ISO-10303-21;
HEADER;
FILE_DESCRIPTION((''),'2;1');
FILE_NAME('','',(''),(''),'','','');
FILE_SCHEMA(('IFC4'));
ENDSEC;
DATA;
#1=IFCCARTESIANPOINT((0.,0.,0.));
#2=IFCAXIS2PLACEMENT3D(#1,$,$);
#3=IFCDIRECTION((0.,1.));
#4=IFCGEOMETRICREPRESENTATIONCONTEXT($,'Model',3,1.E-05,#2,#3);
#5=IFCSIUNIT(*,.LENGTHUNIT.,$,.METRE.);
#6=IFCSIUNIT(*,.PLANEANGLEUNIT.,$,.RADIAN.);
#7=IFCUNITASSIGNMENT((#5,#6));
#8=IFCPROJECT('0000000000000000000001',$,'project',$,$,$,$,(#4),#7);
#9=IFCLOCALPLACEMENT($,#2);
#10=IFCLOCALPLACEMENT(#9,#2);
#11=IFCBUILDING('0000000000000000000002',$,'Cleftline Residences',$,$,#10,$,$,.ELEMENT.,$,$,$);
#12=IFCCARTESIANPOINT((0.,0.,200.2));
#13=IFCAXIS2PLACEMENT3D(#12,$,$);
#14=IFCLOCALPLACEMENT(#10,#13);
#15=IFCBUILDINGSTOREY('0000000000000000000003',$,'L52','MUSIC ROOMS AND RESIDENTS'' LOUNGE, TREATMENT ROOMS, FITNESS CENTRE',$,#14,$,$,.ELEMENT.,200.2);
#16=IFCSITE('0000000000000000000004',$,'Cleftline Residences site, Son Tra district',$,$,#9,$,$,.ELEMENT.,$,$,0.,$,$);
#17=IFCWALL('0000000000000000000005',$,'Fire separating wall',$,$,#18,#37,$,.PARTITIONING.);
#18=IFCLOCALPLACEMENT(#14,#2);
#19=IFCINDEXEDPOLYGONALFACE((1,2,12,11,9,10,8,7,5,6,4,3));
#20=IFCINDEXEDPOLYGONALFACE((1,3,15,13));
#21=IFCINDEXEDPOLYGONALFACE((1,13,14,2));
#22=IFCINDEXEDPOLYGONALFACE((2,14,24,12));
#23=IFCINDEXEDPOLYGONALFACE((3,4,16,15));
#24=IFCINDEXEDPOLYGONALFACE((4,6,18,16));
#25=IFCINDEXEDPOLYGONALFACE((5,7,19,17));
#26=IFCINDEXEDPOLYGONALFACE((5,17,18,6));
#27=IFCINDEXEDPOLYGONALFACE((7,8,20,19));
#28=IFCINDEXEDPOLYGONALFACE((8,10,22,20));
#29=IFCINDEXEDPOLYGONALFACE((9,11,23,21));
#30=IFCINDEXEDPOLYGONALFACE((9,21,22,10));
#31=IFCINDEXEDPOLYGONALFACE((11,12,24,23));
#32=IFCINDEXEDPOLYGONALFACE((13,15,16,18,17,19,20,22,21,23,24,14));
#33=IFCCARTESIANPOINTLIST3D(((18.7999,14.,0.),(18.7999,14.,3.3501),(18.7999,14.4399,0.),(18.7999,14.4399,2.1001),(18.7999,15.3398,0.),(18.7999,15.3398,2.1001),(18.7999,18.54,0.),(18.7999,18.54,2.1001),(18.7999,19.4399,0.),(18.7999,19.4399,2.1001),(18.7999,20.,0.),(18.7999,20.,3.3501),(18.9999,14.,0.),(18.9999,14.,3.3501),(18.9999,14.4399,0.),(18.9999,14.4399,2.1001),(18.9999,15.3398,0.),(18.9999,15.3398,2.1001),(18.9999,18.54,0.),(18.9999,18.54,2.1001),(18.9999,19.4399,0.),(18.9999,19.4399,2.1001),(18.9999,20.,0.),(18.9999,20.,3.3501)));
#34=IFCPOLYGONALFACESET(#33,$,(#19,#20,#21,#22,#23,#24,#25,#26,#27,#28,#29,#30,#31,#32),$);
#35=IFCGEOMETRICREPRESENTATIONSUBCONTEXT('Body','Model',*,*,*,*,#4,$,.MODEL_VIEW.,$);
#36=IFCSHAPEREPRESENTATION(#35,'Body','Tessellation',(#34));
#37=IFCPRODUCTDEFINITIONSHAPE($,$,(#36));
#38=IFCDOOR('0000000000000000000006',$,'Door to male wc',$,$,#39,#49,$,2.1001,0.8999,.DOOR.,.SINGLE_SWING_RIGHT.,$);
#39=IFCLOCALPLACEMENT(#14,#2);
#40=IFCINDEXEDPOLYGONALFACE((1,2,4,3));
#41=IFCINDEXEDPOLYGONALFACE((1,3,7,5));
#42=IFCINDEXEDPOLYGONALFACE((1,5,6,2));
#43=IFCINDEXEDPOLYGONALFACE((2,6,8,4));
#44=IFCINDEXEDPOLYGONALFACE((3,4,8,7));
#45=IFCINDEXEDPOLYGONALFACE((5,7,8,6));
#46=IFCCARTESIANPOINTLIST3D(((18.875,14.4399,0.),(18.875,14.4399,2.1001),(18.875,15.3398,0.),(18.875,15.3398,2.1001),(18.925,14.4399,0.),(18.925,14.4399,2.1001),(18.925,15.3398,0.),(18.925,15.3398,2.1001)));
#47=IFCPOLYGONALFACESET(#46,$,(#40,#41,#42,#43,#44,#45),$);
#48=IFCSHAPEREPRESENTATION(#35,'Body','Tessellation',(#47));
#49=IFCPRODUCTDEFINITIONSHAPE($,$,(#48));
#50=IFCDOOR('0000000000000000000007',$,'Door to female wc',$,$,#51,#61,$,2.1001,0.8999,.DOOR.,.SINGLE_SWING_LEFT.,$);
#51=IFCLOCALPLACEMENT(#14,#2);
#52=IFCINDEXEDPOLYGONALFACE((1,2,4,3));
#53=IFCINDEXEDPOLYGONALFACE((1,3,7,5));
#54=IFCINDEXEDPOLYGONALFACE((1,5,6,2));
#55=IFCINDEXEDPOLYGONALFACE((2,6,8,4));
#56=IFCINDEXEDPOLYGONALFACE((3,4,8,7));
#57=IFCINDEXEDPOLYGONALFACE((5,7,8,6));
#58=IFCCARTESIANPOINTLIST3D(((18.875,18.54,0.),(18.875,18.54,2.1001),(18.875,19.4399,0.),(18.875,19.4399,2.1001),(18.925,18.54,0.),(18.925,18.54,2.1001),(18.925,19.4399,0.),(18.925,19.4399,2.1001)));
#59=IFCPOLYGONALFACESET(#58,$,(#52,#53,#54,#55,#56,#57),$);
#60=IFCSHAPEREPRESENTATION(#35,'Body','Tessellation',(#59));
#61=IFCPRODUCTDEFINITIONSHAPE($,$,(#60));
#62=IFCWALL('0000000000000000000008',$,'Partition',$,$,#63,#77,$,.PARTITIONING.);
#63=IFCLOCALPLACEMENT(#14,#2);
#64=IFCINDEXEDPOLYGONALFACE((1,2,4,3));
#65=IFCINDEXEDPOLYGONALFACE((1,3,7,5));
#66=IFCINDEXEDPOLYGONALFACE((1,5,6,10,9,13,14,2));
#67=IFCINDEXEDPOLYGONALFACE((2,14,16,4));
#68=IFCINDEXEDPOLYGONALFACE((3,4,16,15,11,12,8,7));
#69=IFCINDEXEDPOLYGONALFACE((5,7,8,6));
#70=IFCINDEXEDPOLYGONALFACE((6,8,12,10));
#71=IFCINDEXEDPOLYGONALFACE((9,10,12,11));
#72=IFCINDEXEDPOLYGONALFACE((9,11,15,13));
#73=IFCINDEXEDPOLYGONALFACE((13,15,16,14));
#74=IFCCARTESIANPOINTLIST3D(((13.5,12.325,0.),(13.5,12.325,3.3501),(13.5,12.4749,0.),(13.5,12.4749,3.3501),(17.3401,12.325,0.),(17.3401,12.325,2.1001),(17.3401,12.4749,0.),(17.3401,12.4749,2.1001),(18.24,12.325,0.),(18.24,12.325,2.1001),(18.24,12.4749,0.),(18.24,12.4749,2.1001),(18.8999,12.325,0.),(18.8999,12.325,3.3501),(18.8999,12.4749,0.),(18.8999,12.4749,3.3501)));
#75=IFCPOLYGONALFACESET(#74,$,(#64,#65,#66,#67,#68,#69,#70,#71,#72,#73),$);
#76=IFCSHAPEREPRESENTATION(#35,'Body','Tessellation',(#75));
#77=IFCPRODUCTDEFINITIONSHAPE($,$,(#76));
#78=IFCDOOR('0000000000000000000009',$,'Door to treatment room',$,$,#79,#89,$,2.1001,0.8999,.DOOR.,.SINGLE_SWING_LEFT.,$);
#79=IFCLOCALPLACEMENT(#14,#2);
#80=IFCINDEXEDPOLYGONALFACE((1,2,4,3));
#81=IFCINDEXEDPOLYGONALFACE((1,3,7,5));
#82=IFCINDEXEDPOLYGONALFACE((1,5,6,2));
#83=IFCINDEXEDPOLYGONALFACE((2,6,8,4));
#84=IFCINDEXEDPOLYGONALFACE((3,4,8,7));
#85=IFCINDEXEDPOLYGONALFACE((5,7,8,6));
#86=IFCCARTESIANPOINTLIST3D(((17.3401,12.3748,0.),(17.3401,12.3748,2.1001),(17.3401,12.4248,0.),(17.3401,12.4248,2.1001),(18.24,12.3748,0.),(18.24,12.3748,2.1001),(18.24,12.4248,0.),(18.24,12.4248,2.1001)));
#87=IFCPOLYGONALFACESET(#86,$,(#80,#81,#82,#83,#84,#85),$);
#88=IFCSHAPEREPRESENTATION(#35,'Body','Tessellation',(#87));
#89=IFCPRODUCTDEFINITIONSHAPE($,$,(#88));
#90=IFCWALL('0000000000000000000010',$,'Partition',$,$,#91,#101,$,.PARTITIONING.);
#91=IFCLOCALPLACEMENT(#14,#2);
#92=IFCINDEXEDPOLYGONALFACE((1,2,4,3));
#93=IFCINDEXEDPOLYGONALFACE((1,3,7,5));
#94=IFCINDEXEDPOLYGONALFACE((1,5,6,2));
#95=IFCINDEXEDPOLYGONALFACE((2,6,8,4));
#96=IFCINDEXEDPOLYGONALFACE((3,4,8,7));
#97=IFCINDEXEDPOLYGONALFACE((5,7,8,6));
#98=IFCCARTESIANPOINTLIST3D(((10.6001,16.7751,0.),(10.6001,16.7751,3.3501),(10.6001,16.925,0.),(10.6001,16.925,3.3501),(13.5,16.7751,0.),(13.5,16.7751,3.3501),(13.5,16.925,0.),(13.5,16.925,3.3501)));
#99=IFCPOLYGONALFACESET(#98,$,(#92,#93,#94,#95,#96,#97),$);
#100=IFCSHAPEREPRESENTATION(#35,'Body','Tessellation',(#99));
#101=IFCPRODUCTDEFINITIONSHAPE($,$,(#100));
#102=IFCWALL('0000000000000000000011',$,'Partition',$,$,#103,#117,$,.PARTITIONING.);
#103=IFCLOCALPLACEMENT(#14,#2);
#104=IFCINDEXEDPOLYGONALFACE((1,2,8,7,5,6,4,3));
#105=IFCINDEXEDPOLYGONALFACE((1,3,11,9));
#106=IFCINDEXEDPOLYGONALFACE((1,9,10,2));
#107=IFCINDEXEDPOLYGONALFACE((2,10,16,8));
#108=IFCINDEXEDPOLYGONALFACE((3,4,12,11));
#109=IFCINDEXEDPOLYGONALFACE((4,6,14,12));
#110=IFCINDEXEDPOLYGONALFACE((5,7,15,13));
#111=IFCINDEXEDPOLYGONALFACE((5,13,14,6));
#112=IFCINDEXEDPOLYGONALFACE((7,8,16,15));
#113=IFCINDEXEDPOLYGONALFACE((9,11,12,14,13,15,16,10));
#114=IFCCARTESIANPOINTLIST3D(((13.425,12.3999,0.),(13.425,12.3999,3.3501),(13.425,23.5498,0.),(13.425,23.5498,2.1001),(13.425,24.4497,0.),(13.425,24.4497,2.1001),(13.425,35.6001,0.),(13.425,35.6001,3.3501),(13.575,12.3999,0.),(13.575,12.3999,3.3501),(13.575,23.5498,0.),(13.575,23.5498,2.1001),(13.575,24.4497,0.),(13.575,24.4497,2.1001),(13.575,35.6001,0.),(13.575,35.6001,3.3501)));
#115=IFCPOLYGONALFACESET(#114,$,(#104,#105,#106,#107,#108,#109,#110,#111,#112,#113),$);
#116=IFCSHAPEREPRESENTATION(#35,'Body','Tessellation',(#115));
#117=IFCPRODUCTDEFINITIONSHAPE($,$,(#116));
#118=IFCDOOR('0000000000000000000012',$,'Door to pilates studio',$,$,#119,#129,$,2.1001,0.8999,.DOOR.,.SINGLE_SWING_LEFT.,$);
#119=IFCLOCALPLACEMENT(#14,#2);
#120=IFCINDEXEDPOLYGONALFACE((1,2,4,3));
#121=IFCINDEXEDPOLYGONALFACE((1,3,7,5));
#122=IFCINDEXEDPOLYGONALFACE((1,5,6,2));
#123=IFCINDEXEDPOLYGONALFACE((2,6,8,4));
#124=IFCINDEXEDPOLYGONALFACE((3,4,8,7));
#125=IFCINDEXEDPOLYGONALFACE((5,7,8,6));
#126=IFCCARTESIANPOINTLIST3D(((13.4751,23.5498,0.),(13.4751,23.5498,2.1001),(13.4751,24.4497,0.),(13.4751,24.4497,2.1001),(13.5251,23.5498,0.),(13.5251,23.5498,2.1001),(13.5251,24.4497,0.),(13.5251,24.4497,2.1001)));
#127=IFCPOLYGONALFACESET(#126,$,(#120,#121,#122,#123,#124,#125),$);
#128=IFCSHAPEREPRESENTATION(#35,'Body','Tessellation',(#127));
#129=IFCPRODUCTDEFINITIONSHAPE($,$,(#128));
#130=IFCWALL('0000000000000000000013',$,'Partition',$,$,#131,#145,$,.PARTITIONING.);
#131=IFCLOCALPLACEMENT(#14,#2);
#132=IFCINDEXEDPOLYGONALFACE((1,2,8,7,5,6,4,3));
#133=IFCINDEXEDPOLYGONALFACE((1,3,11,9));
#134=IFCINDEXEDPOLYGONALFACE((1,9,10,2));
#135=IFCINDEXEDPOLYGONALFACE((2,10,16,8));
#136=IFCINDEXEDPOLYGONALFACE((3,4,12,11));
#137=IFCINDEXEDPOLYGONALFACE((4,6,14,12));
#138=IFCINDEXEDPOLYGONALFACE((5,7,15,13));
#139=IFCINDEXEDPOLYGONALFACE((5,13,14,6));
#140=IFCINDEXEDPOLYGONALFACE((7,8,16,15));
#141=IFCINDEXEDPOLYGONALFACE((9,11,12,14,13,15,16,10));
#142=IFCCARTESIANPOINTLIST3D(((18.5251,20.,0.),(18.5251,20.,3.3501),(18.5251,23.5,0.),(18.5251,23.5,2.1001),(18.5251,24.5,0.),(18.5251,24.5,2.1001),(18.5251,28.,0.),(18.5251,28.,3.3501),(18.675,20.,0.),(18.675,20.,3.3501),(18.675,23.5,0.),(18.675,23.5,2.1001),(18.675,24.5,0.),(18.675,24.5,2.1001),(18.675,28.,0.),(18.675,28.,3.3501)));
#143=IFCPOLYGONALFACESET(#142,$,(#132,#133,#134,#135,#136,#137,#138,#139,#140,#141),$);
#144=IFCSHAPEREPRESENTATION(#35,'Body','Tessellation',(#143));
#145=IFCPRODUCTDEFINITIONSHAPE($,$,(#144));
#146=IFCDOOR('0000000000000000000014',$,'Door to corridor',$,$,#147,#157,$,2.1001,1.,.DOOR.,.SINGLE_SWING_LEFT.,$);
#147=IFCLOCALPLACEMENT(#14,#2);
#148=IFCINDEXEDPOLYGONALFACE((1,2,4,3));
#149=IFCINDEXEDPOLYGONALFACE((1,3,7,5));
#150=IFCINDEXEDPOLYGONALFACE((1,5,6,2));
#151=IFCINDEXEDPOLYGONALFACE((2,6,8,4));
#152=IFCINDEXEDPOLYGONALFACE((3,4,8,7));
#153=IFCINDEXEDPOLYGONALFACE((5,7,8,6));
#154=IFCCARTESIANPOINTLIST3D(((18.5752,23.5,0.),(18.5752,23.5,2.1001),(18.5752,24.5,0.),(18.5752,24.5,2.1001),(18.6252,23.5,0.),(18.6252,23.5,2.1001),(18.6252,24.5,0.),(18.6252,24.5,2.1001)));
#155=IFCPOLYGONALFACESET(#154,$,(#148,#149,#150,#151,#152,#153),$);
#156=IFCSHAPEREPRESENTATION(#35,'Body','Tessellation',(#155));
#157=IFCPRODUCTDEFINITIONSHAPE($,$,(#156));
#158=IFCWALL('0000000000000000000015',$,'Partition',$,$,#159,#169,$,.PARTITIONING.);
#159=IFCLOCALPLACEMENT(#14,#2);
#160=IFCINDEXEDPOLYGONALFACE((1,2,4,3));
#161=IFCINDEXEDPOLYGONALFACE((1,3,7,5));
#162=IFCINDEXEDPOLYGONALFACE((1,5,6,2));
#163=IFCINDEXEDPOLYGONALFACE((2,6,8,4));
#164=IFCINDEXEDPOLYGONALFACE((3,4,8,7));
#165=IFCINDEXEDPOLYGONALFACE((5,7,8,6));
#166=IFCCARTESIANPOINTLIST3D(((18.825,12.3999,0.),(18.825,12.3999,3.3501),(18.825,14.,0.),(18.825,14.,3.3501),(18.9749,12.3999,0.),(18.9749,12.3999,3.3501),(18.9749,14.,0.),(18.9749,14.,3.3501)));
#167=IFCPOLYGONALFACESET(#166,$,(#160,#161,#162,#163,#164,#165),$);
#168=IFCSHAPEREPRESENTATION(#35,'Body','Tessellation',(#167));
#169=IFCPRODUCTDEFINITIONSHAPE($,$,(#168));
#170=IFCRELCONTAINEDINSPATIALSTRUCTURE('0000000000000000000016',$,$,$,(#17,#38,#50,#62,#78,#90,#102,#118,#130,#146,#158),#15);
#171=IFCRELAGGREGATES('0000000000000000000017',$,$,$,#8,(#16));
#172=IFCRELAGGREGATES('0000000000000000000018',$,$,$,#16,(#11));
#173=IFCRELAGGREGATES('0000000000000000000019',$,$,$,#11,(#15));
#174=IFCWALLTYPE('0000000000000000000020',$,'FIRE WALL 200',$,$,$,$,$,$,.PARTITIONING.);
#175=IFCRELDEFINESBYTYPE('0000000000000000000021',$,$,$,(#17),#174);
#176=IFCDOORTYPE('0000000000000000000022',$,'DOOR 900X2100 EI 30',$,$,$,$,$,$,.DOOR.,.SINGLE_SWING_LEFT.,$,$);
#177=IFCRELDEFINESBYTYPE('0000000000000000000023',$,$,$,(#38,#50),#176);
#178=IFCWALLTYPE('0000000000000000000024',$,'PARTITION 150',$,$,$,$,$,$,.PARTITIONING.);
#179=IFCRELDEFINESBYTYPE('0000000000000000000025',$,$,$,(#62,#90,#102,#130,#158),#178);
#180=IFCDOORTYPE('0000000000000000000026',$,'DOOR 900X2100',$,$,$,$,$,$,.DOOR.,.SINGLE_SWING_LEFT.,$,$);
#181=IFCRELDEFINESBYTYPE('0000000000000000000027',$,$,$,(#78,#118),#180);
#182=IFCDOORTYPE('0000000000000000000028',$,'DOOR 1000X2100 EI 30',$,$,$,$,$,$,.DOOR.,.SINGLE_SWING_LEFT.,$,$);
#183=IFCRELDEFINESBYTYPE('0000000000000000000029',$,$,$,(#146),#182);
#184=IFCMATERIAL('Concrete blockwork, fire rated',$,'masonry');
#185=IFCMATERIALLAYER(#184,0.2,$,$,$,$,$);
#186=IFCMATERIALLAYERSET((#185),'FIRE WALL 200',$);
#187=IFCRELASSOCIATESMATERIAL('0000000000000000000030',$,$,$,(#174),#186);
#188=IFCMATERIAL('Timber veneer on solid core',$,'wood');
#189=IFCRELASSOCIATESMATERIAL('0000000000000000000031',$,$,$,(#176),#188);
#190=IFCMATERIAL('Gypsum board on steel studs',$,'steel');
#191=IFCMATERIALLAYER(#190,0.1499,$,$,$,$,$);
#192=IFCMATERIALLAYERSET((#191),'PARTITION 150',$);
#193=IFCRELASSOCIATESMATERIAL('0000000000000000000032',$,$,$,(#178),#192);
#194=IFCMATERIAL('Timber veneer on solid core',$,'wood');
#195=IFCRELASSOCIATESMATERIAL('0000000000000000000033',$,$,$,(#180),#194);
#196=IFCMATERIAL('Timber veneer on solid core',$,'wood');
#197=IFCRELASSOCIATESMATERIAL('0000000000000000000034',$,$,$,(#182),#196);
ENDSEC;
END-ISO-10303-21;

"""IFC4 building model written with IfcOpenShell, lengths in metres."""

from ifc_helpers import new_model, si_unit, direction, frame, frame_2d, origin, place, context, subcontext, project, spatial, rectangle, extrude, material, layer, layer_set, type_object, element, fill, save


model = new_model("IFC4")

# Units and contexts
model_context = context("Model", 3, precision=1e-05, world=origin(), true_north=direction((0.0, 1.0)))
body_context = subcontext(model_context, "Body", "Model", "MODEL_VIEW")
ifc_project = project(units=[si_unit("LENGTHUNIT", "METRE"), si_unit("PLANEANGLEUNIT", "RADIAN")], contexts=[model_context])

# Site, building, storey
site_placement = place(None, origin())
site = spatial("IfcSite", under=ifc_project, at=site_placement, Name="Cleftline Residences site, Son Tra district", CompositionType="ELEMENT", RefElevation=0.0)
building_placement = place(site_placement, origin())
building = spatial("IfcBuilding", under=site, at=building_placement, Name="Cleftline Residences", CompositionType="ELEMENT")
storey_placement = place(building_placement, frame((0.0, 0.0, 200.2)))
storey = spatial("IfcBuildingStorey", under=building, at=storey_placement, Name="L52", Description="MUSIC ROOMS AND RESIDENTS' LOUNGE, TREATMENT ROOMS, FITNESS CENTRE", CompositionType="ELEMENT", Elevation=200.2)

# Shared definitions
ifc_material_1 = material(Name="Concrete blockwork, fire rated", Category="masonry")
ifc_layer_1 = layer(ifc_material_1, 0.2)
ifc_layer_set_1 = layer_set([ifc_layer_1], Name="FIRE WALL 200")
wall_type_1 = type_object("IfcWallType", Name="FIRE WALL 200", PredefinedType="PARTITIONING", material=ifc_layer_set_1)

# Wall, openings, doors
wall_1_placement = place(storey_placement, frame((18.8999, 14.0, 0.0), z_axis=(0.0, 0.0, 1.0), x_axis=(0.0, 1.0, 0.0)))
wall_1 = element("IfcWall", 1, at=wall_1_placement, inside=storey, type_object=wall_type_1, Name="Fire separating wall", PredefinedType="PARTITIONING", context=body_context, shape_type="SweptSolid", body=[
    extrude(rectangle(XDim=6.0, YDim=0.2, at=frame_2d((3.0, 0.0))), origin(), (0.0, 0.0, 1.0), 3.3501),
])
opening_1_placement = place(wall_1_placement, frame((0.4399, 0.0, 0.0)))
opening_1 = element("IfcOpeningElement", 2, at=opening_1_placement, cuts=wall_1, PredefinedType="OPENING", context=body_context, shape_type="SweptSolid", body=[
    extrude(rectangle(XDim=0.8999, YDim=2.1001, at=frame_2d((0.45, 1.05))), frame((0.0, 0.1099, 0.0), z_axis=(0.0, -1.0, 0.0), x_axis=(1.0, 0.0, 0.0)), (0.0, 0.0, 1.0), 0.22),
])
opening_2_placement = place(wall_1_placement, frame((4.54, 0.0, 0.0)))
opening_2 = element("IfcOpeningElement", 3, at=opening_2_placement, cuts=wall_1, PredefinedType="OPENING", context=body_context, shape_type="SweptSolid", body=[
    extrude(rectangle(XDim=0.8999, YDim=2.1001, at=frame_2d((0.45, 1.05))), frame((0.0, 0.1099, 0.0), z_axis=(0.0, -1.0, 0.0), x_axis=(1.0, 0.0, 0.0)), (0.0, 0.0, 1.0), 0.22),
])
ifc_material_2 = material(Name="Timber veneer on solid core", Category="wood")
door_type_1 = type_object("IfcDoorType", Name="DOOR 900X2100 EI 30", OperationType="SINGLE_SWING_LEFT", PredefinedType="DOOR", material=ifc_material_2)
door_1_placement = place(opening_1_placement, origin())
door_1 = element("IfcDoor", 4, at=door_1_placement, inside=storey, type_object=door_type_1, Name="Door to male wc", OperationType="SINGLE_SWING_RIGHT", OverallHeight=2.1001, OverallWidth=0.8999, PredefinedType="DOOR", context=body_context, shape_type="SweptSolid", body=[
    extrude(rectangle(XDim=0.8999, YDim=2.1001, at=frame_2d((0.45, 1.05))), frame((0.0, 0.0249, 0.0), z_axis=(0.0, -1.0, 0.0), x_axis=(1.0, 0.0, 0.0)), (0.0, 0.0, 1.0), 0.05),
])
fill(opening_1, door_1)
door_2_placement = place(opening_2_placement, origin())
door_2 = element("IfcDoor", 5, at=door_2_placement, inside=storey, type_object=door_type_1, Name="Door to female wc", OperationType="SINGLE_SWING_LEFT", OverallHeight=2.1001, OverallWidth=0.8999, PredefinedType="DOOR", context=body_context, shape_type="SweptSolid", body=[
    extrude(rectangle(XDim=0.8999, YDim=2.1001, at=frame_2d((0.45, 1.05))), frame((0.0, 0.0249, 0.0), z_axis=(0.0, -1.0, 0.0), x_axis=(1.0, 0.0, 0.0)), (0.0, 0.0, 1.0), 0.05),
])
fill(opening_2, door_2)

# Wall, opening, door
ifc_material_3 = material(Name="Gypsum board on steel studs", Category="steel")
ifc_layer_2 = layer(ifc_material_3, 0.1499)
ifc_layer_set_2 = layer_set([ifc_layer_2], Name="PARTITION 150")
wall_type_2 = type_object("IfcWallType", Name="PARTITION 150", PredefinedType="PARTITIONING", material=ifc_layer_set_2)
wall_2_placement = place(storey_placement, frame((13.5, 12.3999, 0.0), z_axis=(0.0, 0.0, 1.0), x_axis=(1.0, 0.0, 0.0)))
wall_2 = element("IfcWall", 6, at=wall_2_placement, inside=storey, type_object=wall_type_2, Name="Partition", PredefinedType="PARTITIONING", context=body_context, shape_type="SweptSolid", body=[
    extrude(rectangle(XDim=5.3999, YDim=0.1499, at=frame_2d((2.7, 0.0))), origin(), (0.0, 0.0, 1.0), 3.3501),
])
opening_3_placement = place(wall_2_placement, frame((3.8401, 0.0, 0.0)))
opening_3 = element("IfcOpeningElement", 7, at=opening_3_placement, cuts=wall_2, PredefinedType="OPENING", context=body_context, shape_type="SweptSolid", body=[
    extrude(rectangle(XDim=0.8999, YDim=2.1001, at=frame_2d((0.45, 1.05))), frame((0.0, 0.085, 0.0), z_axis=(0.0, -1.0, 0.0), x_axis=(1.0, 0.0, 0.0)), (0.0, 0.0, 1.0), 0.1699),
])
ifc_material_4 = material(Name="Timber veneer on solid core", Category="wood")
door_type_2 = type_object("IfcDoorType", Name="DOOR 900X2100", OperationType="SINGLE_SWING_LEFT", PredefinedType="DOOR", material=ifc_material_4)
door_3_placement = place(opening_3_placement, origin())
door_3 = element("IfcDoor", 8, at=door_3_placement, inside=storey, type_object=door_type_2, Name="Door to treatment room", OperationType="SINGLE_SWING_LEFT", OverallHeight=2.1001, OverallWidth=0.8999, PredefinedType="DOOR", context=body_context, shape_type="SweptSolid", body=[
    extrude(rectangle(XDim=0.8999, YDim=2.1001, at=frame_2d((0.45, 1.05))), frame((0.0, 0.0249, 0.0), z_axis=(0.0, -1.0, 0.0), x_axis=(1.0, 0.0, 0.0)), (0.0, 0.0, 1.0), 0.05),
])
fill(opening_3, door_3)

# Wall
wall_3_placement = place(storey_placement, frame((10.6001, 16.8501, 0.0), z_axis=(0.0, 0.0, 1.0), x_axis=(1.0, 0.0, 0.0)))
element("IfcWall", 9, at=wall_3_placement, inside=storey, type_object=wall_type_2, Name="Partition", PredefinedType="PARTITIONING", context=body_context, shape_type="SweptSolid", body=[
    extrude(rectangle(XDim=2.8999, YDim=0.1499, at=frame_2d((1.45, 0.0))), origin(), (0.0, 0.0, 1.0), 3.3501),
])

# Walls, openings, doors
wall_4_placement = place(storey_placement, frame((13.5, 12.3999, 0.0), z_axis=(0.0, 0.0, 1.0), x_axis=(0.0, 1.0, 0.0)))
wall_4 = element("IfcWall", 10, at=wall_4_placement, inside=storey, type_object=wall_type_2, Name="Partition", PredefinedType="PARTITIONING", context=body_context, shape_type="SweptSolid", body=[
    extrude(rectangle(XDim=23.2002, YDim=0.1499, at=frame_2d((11.6001, 0.0))), origin(), (0.0, 0.0, 1.0), 3.3501),
])
opening_4_placement = place(wall_4_placement, frame((11.1499, 0.0, 0.0)))
opening_4 = element("IfcOpeningElement", 11, at=opening_4_placement, cuts=wall_4, PredefinedType="OPENING", context=body_context, shape_type="SweptSolid", body=[
    extrude(rectangle(XDim=0.8999, YDim=2.1001, at=frame_2d((0.45, 1.05))), frame((0.0, 0.085, 0.0), z_axis=(0.0, -1.0, 0.0), x_axis=(1.0, 0.0, 0.0)), (0.0, 0.0, 1.0), 0.1699),
])
door_4_placement = place(opening_4_placement, origin())
door_4 = element("IfcDoor", 12, at=door_4_placement, inside=storey, type_object=door_type_2, Name="Door to pilates studio", OperationType="SINGLE_SWING_LEFT", OverallHeight=2.1001, OverallWidth=0.8999, PredefinedType="DOOR", context=body_context, shape_type="SweptSolid", body=[
    extrude(rectangle(XDim=0.8999, YDim=2.1001, at=frame_2d((0.45, 1.05))), frame((0.0, 0.0249, 0.0), z_axis=(0.0, -1.0, 0.0), x_axis=(1.0, 0.0, 0.0)), (0.0, 0.0, 1.0), 0.05),
])
fill(opening_4, door_4)
wall_5_placement = place(storey_placement, frame((18.6001, 20.0, 0.0), z_axis=(0.0, 0.0, 1.0), x_axis=(0.0, 1.0, 0.0)))
wall_5 = element("IfcWall", 13, at=wall_5_placement, inside=storey, type_object=wall_type_2, Name="Partition", PredefinedType="PARTITIONING", context=body_context, shape_type="SweptSolid", body=[
    extrude(rectangle(XDim=8.0, YDim=0.1499, at=frame_2d((4.0, 0.0))), origin(), (0.0, 0.0, 1.0), 3.3501),
])
opening_5_placement = place(wall_5_placement, frame((3.5, 0.0, 0.0)))
opening_5 = element("IfcOpeningElement", 14, at=opening_5_placement, cuts=wall_5, PredefinedType="OPENING", context=body_context, shape_type="SweptSolid", body=[
    extrude(rectangle(XDim=1.0, YDim=2.1001, at=frame_2d((0.5, 1.05))), frame((0.0, 0.085, 0.0), z_axis=(0.0, -1.0, 0.0), x_axis=(1.0, 0.0, 0.0)), (0.0, 0.0, 1.0), 0.1699),
])
ifc_material_5 = material(Name="Timber veneer on solid core", Category="wood")
door_type_3 = type_object("IfcDoorType", Name="DOOR 1000X2100 EI 30", OperationType="SINGLE_SWING_LEFT", PredefinedType="DOOR", material=ifc_material_5)
door_5_placement = place(opening_5_placement, origin())
door_5 = element("IfcDoor", 15, at=door_5_placement, inside=storey, type_object=door_type_3, Name="Door to corridor", OperationType="SINGLE_SWING_LEFT", OverallHeight=2.1001, OverallWidth=1.0, PredefinedType="DOOR", context=body_context, shape_type="SweptSolid", body=[
    extrude(rectangle(XDim=1.0, YDim=2.1001, at=frame_2d((0.5, 1.05))), frame((0.0, 0.0249, 0.0), z_axis=(0.0, -1.0, 0.0), x_axis=(1.0, 0.0, 0.0)), (0.0, 0.0, 1.0), 0.05),
])
fill(opening_5, door_5)

# Wall
wall_6_placement = place(storey_placement, frame((18.8999, 12.3999, 0.0), z_axis=(0.0, 0.0, 1.0), x_axis=(0.0, 1.0, 0.0)))
element("IfcWall", 16, at=wall_6_placement, inside=storey, type_object=wall_type_2, Name="Partition", PredefinedType="PARTITIONING", context=body_context, shape_type="SweptSolid", body=[
    extrude(rectangle(XDim=1.6001, YDim=0.1499, at=frame_2d((0.8, 0.0))), origin(), (0.0, 0.0, 1.0), 3.3501),
])

save(model, "model.ifc")
